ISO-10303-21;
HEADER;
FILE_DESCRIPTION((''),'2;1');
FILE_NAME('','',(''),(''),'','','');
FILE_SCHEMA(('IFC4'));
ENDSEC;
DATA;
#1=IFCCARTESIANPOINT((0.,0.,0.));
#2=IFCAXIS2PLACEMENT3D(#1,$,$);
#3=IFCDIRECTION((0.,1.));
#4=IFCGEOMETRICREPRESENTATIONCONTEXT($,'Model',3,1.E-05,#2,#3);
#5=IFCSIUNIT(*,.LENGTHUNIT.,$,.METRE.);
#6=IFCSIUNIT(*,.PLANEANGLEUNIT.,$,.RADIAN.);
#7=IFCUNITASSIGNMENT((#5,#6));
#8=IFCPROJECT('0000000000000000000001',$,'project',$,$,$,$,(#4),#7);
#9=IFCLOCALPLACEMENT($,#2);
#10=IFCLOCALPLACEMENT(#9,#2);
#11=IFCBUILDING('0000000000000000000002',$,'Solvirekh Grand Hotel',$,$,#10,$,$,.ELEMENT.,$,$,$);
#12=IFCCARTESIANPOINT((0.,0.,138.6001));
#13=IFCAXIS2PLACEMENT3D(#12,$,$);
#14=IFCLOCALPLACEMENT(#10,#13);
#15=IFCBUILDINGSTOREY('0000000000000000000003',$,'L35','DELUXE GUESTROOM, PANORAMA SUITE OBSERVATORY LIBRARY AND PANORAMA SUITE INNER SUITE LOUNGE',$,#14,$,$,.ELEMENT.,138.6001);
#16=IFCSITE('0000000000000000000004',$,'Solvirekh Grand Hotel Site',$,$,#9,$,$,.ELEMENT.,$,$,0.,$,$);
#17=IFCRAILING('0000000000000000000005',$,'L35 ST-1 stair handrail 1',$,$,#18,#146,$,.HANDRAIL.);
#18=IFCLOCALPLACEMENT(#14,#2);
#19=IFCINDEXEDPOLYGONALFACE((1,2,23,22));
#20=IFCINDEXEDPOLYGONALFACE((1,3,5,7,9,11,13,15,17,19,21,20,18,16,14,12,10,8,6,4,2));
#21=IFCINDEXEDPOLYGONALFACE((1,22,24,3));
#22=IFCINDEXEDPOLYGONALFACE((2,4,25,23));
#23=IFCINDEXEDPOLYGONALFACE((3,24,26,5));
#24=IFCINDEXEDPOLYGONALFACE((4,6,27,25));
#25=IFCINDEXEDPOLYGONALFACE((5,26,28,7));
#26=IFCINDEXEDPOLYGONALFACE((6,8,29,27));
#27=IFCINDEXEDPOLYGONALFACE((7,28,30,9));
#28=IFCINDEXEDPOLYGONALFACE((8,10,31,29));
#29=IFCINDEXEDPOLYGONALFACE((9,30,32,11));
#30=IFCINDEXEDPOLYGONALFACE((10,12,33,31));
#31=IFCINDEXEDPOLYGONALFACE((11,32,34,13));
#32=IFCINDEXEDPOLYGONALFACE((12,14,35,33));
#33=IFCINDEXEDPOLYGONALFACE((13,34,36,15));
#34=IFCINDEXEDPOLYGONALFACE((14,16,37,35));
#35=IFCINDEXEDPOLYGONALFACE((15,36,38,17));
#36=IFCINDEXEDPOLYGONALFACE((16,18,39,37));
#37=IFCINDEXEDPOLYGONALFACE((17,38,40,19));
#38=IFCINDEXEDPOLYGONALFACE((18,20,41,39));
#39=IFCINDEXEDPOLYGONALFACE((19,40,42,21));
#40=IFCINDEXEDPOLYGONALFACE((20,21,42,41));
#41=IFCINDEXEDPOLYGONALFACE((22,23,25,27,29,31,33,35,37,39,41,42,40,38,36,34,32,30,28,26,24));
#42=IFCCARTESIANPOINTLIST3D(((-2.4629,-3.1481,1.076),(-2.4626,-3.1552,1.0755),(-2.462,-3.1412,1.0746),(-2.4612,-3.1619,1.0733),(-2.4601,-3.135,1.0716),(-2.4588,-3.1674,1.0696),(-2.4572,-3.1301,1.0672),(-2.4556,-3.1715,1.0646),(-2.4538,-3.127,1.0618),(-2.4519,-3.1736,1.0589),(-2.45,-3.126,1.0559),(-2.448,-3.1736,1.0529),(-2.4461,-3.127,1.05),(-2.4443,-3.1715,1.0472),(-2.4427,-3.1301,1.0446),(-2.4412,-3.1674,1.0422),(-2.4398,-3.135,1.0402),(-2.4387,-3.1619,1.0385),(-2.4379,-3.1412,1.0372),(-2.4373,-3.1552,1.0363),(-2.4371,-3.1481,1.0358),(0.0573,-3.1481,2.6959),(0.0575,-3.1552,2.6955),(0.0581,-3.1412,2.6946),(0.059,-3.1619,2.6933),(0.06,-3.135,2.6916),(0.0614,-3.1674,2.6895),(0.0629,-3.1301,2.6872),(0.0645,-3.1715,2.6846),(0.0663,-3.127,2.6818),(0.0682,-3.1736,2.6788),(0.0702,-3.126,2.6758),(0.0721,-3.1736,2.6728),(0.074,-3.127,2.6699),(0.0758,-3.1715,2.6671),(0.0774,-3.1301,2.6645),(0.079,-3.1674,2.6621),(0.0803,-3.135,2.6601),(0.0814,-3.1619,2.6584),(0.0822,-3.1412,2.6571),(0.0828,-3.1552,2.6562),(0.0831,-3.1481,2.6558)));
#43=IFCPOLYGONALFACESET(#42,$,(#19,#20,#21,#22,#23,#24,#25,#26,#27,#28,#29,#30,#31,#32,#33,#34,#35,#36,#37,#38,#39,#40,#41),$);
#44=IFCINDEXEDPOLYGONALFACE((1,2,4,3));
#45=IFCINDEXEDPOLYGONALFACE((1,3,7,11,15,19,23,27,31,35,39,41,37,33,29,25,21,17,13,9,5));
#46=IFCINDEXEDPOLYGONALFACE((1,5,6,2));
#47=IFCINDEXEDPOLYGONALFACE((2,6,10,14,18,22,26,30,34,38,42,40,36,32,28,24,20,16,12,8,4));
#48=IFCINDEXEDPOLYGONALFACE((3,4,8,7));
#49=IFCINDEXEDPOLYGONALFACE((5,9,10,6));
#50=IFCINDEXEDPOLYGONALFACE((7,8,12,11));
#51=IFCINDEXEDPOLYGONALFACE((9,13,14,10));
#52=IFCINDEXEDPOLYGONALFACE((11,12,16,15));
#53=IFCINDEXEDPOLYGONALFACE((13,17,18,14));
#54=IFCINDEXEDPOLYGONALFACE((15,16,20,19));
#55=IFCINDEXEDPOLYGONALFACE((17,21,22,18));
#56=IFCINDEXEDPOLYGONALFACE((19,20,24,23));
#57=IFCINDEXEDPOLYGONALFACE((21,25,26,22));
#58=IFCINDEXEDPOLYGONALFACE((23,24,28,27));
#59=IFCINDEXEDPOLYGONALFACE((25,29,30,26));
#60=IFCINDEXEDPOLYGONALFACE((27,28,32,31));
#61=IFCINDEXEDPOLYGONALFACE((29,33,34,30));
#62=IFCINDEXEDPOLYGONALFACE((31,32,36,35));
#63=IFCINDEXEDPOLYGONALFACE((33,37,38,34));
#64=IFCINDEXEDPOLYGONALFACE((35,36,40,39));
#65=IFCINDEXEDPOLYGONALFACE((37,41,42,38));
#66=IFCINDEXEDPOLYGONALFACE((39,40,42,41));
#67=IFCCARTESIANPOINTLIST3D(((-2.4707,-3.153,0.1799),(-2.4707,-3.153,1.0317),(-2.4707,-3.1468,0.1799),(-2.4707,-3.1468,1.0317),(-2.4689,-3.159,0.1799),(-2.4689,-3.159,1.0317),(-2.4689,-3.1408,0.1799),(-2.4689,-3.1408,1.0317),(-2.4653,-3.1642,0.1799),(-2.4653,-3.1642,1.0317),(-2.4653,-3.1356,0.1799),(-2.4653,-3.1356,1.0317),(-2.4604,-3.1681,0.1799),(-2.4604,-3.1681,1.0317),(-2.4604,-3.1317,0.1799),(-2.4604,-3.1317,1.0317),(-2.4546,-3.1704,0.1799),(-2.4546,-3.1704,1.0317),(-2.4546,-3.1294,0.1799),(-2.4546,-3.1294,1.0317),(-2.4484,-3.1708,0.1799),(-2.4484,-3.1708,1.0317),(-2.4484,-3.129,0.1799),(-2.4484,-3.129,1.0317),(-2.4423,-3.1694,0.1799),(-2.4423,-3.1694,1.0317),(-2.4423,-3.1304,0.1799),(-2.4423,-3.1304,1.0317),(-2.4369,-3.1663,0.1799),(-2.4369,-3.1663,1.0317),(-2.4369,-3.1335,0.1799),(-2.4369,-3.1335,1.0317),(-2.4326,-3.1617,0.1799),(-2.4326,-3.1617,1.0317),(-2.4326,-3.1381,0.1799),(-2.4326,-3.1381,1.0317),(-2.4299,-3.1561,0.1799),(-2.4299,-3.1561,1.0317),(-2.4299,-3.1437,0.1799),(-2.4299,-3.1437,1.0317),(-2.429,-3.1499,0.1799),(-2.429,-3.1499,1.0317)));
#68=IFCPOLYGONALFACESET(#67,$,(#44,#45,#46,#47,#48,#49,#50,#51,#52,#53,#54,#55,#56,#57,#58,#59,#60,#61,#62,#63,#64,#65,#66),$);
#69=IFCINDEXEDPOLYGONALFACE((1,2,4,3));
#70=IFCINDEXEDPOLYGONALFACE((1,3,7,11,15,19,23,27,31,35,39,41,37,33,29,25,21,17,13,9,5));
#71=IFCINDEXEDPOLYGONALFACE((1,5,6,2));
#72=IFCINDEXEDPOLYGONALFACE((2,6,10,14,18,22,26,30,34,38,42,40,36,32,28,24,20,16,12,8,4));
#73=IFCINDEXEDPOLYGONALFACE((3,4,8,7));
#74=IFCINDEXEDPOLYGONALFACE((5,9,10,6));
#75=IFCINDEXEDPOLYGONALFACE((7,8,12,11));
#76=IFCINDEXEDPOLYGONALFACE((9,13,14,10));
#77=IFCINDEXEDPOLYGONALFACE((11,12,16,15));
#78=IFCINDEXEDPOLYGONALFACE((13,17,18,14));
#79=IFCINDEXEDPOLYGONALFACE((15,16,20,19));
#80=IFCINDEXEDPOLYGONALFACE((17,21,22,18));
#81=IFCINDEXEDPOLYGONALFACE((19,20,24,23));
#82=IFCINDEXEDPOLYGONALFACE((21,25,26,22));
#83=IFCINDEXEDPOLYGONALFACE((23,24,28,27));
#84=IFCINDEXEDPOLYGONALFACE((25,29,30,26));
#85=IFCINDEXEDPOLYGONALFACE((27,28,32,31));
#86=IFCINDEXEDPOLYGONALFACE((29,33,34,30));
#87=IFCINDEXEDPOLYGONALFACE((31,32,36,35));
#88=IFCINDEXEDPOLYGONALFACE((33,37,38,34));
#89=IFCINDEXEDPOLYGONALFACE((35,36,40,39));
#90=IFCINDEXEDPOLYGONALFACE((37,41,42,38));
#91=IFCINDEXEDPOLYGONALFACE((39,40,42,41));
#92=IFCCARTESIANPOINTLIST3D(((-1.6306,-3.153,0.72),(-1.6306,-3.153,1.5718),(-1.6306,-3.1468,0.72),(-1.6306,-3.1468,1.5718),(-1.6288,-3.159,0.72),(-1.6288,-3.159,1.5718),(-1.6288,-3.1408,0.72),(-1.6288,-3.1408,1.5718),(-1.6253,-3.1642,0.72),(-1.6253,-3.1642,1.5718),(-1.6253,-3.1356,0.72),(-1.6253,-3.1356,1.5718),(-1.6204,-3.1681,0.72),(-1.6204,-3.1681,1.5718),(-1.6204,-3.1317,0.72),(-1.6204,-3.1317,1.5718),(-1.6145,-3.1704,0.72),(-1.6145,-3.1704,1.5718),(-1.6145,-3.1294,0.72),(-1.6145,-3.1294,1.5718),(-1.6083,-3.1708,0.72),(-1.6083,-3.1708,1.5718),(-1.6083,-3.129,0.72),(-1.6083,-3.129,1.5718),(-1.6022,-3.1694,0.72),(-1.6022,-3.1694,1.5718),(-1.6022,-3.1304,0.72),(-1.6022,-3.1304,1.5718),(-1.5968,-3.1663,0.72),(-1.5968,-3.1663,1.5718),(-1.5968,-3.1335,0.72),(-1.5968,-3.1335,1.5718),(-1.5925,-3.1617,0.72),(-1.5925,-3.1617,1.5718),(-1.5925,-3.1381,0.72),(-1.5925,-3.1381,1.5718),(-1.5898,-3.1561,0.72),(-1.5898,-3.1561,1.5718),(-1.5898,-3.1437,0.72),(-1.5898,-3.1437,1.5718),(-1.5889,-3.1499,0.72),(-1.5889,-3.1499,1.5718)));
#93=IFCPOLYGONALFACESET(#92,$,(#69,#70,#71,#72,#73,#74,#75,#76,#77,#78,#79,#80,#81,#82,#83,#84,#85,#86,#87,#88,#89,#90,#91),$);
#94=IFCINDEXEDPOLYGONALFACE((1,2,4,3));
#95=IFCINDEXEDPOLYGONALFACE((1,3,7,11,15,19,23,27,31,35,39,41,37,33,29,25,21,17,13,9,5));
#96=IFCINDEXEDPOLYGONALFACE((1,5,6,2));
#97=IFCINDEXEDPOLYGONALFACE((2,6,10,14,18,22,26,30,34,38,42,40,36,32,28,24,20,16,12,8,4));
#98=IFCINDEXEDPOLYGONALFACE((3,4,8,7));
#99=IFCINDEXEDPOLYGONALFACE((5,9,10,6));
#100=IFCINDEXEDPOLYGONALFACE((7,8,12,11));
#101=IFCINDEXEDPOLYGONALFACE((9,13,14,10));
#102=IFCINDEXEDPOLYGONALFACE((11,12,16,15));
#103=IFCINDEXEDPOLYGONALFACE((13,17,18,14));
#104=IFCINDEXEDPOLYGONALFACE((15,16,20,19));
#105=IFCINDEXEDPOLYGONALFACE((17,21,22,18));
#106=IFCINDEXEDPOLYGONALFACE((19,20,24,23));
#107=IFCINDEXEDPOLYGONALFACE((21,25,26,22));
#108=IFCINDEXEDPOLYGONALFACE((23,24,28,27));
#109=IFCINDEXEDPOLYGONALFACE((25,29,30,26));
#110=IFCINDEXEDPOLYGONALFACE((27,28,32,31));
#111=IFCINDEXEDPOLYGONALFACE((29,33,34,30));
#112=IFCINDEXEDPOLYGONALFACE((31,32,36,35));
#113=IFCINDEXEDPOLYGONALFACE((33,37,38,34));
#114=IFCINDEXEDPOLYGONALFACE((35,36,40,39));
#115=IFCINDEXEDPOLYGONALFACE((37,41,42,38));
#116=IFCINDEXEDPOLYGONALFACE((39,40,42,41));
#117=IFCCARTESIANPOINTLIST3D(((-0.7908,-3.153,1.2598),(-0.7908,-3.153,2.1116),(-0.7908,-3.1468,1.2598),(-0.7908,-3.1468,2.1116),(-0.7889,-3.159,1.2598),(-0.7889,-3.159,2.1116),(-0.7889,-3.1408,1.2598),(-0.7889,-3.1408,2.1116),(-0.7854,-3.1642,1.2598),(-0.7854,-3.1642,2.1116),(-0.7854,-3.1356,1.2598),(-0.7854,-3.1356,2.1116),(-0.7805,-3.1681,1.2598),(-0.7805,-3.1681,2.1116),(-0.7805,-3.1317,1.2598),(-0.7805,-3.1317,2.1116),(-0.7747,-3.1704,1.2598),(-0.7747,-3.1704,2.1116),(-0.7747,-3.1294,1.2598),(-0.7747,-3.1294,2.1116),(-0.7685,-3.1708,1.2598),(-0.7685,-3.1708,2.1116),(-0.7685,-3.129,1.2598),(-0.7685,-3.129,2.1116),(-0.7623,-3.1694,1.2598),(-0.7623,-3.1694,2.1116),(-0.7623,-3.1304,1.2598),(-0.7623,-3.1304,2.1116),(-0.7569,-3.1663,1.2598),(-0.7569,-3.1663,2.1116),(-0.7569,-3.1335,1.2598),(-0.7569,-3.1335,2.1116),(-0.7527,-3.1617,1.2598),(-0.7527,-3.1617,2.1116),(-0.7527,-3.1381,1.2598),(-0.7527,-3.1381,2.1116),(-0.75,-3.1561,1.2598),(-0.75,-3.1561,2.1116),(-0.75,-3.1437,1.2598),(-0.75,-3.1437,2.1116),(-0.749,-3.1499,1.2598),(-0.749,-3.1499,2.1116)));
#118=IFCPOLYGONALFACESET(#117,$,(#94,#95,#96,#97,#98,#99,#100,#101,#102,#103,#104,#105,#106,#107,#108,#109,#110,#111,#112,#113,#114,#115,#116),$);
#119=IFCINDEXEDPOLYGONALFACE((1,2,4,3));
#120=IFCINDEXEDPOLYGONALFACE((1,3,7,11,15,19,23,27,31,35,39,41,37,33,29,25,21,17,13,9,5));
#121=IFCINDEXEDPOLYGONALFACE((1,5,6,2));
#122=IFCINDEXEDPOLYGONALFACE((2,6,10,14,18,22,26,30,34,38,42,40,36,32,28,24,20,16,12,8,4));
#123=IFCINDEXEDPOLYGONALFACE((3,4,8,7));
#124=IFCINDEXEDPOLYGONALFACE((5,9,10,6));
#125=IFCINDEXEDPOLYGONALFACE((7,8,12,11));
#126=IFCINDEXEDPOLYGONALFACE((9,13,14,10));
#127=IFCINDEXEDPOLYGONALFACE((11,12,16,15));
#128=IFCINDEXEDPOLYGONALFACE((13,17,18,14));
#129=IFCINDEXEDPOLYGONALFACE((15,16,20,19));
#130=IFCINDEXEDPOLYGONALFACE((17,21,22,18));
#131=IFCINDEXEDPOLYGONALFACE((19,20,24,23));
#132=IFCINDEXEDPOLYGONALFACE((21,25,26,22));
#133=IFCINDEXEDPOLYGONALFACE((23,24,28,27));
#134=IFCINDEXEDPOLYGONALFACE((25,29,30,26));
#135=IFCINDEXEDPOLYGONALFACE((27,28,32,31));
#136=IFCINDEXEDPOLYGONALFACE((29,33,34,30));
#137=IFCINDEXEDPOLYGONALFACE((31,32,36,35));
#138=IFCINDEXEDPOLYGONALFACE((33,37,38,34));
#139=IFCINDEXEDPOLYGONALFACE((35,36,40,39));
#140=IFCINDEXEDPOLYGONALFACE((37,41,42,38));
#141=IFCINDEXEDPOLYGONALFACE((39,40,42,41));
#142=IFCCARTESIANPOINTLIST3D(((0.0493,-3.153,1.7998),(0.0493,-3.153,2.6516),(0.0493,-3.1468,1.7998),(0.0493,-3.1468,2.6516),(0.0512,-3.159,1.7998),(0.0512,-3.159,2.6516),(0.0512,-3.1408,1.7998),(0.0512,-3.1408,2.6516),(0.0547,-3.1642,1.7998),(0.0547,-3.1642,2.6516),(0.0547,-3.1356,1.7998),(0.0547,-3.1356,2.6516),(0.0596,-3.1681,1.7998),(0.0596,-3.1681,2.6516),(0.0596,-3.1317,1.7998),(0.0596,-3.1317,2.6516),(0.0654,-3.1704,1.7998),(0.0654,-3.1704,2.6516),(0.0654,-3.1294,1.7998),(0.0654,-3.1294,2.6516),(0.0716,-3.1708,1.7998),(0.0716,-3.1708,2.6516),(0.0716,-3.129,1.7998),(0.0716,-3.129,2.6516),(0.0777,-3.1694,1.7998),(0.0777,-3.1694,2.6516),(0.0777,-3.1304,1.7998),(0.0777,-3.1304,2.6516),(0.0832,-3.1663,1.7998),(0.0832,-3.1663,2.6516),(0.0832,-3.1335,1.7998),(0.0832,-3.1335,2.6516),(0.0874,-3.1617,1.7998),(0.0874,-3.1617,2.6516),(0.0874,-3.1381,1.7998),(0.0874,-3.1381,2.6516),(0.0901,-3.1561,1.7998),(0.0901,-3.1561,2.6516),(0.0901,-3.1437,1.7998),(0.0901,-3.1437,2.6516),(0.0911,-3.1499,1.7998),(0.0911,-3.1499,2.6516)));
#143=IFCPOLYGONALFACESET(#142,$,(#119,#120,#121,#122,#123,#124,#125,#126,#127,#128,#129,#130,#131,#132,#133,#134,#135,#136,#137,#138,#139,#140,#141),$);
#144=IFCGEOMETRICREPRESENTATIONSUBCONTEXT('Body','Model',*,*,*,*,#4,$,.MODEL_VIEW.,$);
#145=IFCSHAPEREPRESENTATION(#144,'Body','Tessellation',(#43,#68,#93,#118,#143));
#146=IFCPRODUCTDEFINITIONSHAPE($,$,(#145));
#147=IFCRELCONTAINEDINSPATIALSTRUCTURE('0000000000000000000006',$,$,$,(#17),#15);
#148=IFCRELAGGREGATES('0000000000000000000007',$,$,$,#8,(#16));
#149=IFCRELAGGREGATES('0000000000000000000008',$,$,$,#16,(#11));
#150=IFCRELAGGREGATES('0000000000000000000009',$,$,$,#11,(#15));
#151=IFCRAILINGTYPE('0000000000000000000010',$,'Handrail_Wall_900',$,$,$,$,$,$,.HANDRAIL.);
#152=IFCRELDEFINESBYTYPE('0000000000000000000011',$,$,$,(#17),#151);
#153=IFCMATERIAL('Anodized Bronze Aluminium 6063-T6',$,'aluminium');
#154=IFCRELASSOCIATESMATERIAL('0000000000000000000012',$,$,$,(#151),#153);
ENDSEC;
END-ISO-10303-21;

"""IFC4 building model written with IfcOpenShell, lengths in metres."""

from ifc_helpers import new_model, si_unit, direction, frame, origin, origin_2d, place, context, subcontext, project, spatial, circle, extrude, material, type_object, element, save


model = new_model("IFC4")

# Units and contexts
model_context = context("Model", 3, precision=1e-05, world=origin(), true_north=direction((0.0, 1.0)))
body_context = subcontext(model_context, "Body", "Model", "MODEL_VIEW")
ifc_project = project(units=[si_unit("LENGTHUNIT", "METRE"), si_unit("PLANEANGLEUNIT", "RADIAN")], contexts=[model_context])

# Site, building, storey
site_placement = place(None, origin())
site = spatial("IfcSite", under=ifc_project, at=site_placement, Name="Solvirekh Grand Hotel Site", CompositionType="ELEMENT", RefElevation=0.0)
building_placement = place(site_placement, origin())
building = spatial("IfcBuilding", under=site, at=building_placement, Name="Solvirekh Grand Hotel", CompositionType="ELEMENT")
storey_placement = place(building_placement, frame((0.0, 0.0, 138.6001)))
storey = spatial("IfcBuildingStorey", under=building, at=storey_placement, Name="L35", Description="DELUXE GUESTROOM, PANORAMA SUITE OBSERVATORY LIBRARY AND PANORAMA SUITE INNER SUITE LOUNGE", CompositionType="ELEMENT", Elevation=138.6001)

# Railing
ifc_material_1 = material(Name="Anodized Bronze Aluminium 6063-T6", Category="aluminium")
railing_type_1 = type_object("IfcRailingType", Name="Handrail_Wall_900", PredefinedType="HANDRAIL", material=ifc_material_1)
railing_1_placement = place(storey_placement, frame((-2.45, -3.1499, 0.1799)))
element("IfcRailing", 1, at=railing_1_placement, inside=storey, type_object=railing_type_1, Name="L35 ST-1 stair handrail 1", PredefinedType="HANDRAIL", context=body_context, shape_type="SweptSolid", body=[
    extrude(circle(Radius=0.0239, at=origin_2d()), frame((0.0, 0.0, 0.876), z_axis=(0.8412, 0.0, 0.540725), x_axis=(0.0, 1.0, 0.0)), (0.0, 0.0, 1.0), 2.9958),
    extrude(circle(Radius=0.021, at=origin_2d()), origin(), (0.0, 0.0, 1.0), 0.8518),
    extrude(circle(Radius=0.021, at=origin_2d()), frame((0.8401, 0.0, 0.54)), (0.0, 0.0, 1.0), 0.8518),
    extrude(circle(Radius=0.021, at=origin_2d()), frame((1.6799, 0.0, 1.0798)), (0.0, 0.0, 1.0), 0.8518),
    extrude(circle(Radius=0.021, at=origin_2d()), frame((2.52, 0.0, 1.6199)), (0.0, 0.0, 1.0), 0.8518),
])

save(model, "model.ifc")
